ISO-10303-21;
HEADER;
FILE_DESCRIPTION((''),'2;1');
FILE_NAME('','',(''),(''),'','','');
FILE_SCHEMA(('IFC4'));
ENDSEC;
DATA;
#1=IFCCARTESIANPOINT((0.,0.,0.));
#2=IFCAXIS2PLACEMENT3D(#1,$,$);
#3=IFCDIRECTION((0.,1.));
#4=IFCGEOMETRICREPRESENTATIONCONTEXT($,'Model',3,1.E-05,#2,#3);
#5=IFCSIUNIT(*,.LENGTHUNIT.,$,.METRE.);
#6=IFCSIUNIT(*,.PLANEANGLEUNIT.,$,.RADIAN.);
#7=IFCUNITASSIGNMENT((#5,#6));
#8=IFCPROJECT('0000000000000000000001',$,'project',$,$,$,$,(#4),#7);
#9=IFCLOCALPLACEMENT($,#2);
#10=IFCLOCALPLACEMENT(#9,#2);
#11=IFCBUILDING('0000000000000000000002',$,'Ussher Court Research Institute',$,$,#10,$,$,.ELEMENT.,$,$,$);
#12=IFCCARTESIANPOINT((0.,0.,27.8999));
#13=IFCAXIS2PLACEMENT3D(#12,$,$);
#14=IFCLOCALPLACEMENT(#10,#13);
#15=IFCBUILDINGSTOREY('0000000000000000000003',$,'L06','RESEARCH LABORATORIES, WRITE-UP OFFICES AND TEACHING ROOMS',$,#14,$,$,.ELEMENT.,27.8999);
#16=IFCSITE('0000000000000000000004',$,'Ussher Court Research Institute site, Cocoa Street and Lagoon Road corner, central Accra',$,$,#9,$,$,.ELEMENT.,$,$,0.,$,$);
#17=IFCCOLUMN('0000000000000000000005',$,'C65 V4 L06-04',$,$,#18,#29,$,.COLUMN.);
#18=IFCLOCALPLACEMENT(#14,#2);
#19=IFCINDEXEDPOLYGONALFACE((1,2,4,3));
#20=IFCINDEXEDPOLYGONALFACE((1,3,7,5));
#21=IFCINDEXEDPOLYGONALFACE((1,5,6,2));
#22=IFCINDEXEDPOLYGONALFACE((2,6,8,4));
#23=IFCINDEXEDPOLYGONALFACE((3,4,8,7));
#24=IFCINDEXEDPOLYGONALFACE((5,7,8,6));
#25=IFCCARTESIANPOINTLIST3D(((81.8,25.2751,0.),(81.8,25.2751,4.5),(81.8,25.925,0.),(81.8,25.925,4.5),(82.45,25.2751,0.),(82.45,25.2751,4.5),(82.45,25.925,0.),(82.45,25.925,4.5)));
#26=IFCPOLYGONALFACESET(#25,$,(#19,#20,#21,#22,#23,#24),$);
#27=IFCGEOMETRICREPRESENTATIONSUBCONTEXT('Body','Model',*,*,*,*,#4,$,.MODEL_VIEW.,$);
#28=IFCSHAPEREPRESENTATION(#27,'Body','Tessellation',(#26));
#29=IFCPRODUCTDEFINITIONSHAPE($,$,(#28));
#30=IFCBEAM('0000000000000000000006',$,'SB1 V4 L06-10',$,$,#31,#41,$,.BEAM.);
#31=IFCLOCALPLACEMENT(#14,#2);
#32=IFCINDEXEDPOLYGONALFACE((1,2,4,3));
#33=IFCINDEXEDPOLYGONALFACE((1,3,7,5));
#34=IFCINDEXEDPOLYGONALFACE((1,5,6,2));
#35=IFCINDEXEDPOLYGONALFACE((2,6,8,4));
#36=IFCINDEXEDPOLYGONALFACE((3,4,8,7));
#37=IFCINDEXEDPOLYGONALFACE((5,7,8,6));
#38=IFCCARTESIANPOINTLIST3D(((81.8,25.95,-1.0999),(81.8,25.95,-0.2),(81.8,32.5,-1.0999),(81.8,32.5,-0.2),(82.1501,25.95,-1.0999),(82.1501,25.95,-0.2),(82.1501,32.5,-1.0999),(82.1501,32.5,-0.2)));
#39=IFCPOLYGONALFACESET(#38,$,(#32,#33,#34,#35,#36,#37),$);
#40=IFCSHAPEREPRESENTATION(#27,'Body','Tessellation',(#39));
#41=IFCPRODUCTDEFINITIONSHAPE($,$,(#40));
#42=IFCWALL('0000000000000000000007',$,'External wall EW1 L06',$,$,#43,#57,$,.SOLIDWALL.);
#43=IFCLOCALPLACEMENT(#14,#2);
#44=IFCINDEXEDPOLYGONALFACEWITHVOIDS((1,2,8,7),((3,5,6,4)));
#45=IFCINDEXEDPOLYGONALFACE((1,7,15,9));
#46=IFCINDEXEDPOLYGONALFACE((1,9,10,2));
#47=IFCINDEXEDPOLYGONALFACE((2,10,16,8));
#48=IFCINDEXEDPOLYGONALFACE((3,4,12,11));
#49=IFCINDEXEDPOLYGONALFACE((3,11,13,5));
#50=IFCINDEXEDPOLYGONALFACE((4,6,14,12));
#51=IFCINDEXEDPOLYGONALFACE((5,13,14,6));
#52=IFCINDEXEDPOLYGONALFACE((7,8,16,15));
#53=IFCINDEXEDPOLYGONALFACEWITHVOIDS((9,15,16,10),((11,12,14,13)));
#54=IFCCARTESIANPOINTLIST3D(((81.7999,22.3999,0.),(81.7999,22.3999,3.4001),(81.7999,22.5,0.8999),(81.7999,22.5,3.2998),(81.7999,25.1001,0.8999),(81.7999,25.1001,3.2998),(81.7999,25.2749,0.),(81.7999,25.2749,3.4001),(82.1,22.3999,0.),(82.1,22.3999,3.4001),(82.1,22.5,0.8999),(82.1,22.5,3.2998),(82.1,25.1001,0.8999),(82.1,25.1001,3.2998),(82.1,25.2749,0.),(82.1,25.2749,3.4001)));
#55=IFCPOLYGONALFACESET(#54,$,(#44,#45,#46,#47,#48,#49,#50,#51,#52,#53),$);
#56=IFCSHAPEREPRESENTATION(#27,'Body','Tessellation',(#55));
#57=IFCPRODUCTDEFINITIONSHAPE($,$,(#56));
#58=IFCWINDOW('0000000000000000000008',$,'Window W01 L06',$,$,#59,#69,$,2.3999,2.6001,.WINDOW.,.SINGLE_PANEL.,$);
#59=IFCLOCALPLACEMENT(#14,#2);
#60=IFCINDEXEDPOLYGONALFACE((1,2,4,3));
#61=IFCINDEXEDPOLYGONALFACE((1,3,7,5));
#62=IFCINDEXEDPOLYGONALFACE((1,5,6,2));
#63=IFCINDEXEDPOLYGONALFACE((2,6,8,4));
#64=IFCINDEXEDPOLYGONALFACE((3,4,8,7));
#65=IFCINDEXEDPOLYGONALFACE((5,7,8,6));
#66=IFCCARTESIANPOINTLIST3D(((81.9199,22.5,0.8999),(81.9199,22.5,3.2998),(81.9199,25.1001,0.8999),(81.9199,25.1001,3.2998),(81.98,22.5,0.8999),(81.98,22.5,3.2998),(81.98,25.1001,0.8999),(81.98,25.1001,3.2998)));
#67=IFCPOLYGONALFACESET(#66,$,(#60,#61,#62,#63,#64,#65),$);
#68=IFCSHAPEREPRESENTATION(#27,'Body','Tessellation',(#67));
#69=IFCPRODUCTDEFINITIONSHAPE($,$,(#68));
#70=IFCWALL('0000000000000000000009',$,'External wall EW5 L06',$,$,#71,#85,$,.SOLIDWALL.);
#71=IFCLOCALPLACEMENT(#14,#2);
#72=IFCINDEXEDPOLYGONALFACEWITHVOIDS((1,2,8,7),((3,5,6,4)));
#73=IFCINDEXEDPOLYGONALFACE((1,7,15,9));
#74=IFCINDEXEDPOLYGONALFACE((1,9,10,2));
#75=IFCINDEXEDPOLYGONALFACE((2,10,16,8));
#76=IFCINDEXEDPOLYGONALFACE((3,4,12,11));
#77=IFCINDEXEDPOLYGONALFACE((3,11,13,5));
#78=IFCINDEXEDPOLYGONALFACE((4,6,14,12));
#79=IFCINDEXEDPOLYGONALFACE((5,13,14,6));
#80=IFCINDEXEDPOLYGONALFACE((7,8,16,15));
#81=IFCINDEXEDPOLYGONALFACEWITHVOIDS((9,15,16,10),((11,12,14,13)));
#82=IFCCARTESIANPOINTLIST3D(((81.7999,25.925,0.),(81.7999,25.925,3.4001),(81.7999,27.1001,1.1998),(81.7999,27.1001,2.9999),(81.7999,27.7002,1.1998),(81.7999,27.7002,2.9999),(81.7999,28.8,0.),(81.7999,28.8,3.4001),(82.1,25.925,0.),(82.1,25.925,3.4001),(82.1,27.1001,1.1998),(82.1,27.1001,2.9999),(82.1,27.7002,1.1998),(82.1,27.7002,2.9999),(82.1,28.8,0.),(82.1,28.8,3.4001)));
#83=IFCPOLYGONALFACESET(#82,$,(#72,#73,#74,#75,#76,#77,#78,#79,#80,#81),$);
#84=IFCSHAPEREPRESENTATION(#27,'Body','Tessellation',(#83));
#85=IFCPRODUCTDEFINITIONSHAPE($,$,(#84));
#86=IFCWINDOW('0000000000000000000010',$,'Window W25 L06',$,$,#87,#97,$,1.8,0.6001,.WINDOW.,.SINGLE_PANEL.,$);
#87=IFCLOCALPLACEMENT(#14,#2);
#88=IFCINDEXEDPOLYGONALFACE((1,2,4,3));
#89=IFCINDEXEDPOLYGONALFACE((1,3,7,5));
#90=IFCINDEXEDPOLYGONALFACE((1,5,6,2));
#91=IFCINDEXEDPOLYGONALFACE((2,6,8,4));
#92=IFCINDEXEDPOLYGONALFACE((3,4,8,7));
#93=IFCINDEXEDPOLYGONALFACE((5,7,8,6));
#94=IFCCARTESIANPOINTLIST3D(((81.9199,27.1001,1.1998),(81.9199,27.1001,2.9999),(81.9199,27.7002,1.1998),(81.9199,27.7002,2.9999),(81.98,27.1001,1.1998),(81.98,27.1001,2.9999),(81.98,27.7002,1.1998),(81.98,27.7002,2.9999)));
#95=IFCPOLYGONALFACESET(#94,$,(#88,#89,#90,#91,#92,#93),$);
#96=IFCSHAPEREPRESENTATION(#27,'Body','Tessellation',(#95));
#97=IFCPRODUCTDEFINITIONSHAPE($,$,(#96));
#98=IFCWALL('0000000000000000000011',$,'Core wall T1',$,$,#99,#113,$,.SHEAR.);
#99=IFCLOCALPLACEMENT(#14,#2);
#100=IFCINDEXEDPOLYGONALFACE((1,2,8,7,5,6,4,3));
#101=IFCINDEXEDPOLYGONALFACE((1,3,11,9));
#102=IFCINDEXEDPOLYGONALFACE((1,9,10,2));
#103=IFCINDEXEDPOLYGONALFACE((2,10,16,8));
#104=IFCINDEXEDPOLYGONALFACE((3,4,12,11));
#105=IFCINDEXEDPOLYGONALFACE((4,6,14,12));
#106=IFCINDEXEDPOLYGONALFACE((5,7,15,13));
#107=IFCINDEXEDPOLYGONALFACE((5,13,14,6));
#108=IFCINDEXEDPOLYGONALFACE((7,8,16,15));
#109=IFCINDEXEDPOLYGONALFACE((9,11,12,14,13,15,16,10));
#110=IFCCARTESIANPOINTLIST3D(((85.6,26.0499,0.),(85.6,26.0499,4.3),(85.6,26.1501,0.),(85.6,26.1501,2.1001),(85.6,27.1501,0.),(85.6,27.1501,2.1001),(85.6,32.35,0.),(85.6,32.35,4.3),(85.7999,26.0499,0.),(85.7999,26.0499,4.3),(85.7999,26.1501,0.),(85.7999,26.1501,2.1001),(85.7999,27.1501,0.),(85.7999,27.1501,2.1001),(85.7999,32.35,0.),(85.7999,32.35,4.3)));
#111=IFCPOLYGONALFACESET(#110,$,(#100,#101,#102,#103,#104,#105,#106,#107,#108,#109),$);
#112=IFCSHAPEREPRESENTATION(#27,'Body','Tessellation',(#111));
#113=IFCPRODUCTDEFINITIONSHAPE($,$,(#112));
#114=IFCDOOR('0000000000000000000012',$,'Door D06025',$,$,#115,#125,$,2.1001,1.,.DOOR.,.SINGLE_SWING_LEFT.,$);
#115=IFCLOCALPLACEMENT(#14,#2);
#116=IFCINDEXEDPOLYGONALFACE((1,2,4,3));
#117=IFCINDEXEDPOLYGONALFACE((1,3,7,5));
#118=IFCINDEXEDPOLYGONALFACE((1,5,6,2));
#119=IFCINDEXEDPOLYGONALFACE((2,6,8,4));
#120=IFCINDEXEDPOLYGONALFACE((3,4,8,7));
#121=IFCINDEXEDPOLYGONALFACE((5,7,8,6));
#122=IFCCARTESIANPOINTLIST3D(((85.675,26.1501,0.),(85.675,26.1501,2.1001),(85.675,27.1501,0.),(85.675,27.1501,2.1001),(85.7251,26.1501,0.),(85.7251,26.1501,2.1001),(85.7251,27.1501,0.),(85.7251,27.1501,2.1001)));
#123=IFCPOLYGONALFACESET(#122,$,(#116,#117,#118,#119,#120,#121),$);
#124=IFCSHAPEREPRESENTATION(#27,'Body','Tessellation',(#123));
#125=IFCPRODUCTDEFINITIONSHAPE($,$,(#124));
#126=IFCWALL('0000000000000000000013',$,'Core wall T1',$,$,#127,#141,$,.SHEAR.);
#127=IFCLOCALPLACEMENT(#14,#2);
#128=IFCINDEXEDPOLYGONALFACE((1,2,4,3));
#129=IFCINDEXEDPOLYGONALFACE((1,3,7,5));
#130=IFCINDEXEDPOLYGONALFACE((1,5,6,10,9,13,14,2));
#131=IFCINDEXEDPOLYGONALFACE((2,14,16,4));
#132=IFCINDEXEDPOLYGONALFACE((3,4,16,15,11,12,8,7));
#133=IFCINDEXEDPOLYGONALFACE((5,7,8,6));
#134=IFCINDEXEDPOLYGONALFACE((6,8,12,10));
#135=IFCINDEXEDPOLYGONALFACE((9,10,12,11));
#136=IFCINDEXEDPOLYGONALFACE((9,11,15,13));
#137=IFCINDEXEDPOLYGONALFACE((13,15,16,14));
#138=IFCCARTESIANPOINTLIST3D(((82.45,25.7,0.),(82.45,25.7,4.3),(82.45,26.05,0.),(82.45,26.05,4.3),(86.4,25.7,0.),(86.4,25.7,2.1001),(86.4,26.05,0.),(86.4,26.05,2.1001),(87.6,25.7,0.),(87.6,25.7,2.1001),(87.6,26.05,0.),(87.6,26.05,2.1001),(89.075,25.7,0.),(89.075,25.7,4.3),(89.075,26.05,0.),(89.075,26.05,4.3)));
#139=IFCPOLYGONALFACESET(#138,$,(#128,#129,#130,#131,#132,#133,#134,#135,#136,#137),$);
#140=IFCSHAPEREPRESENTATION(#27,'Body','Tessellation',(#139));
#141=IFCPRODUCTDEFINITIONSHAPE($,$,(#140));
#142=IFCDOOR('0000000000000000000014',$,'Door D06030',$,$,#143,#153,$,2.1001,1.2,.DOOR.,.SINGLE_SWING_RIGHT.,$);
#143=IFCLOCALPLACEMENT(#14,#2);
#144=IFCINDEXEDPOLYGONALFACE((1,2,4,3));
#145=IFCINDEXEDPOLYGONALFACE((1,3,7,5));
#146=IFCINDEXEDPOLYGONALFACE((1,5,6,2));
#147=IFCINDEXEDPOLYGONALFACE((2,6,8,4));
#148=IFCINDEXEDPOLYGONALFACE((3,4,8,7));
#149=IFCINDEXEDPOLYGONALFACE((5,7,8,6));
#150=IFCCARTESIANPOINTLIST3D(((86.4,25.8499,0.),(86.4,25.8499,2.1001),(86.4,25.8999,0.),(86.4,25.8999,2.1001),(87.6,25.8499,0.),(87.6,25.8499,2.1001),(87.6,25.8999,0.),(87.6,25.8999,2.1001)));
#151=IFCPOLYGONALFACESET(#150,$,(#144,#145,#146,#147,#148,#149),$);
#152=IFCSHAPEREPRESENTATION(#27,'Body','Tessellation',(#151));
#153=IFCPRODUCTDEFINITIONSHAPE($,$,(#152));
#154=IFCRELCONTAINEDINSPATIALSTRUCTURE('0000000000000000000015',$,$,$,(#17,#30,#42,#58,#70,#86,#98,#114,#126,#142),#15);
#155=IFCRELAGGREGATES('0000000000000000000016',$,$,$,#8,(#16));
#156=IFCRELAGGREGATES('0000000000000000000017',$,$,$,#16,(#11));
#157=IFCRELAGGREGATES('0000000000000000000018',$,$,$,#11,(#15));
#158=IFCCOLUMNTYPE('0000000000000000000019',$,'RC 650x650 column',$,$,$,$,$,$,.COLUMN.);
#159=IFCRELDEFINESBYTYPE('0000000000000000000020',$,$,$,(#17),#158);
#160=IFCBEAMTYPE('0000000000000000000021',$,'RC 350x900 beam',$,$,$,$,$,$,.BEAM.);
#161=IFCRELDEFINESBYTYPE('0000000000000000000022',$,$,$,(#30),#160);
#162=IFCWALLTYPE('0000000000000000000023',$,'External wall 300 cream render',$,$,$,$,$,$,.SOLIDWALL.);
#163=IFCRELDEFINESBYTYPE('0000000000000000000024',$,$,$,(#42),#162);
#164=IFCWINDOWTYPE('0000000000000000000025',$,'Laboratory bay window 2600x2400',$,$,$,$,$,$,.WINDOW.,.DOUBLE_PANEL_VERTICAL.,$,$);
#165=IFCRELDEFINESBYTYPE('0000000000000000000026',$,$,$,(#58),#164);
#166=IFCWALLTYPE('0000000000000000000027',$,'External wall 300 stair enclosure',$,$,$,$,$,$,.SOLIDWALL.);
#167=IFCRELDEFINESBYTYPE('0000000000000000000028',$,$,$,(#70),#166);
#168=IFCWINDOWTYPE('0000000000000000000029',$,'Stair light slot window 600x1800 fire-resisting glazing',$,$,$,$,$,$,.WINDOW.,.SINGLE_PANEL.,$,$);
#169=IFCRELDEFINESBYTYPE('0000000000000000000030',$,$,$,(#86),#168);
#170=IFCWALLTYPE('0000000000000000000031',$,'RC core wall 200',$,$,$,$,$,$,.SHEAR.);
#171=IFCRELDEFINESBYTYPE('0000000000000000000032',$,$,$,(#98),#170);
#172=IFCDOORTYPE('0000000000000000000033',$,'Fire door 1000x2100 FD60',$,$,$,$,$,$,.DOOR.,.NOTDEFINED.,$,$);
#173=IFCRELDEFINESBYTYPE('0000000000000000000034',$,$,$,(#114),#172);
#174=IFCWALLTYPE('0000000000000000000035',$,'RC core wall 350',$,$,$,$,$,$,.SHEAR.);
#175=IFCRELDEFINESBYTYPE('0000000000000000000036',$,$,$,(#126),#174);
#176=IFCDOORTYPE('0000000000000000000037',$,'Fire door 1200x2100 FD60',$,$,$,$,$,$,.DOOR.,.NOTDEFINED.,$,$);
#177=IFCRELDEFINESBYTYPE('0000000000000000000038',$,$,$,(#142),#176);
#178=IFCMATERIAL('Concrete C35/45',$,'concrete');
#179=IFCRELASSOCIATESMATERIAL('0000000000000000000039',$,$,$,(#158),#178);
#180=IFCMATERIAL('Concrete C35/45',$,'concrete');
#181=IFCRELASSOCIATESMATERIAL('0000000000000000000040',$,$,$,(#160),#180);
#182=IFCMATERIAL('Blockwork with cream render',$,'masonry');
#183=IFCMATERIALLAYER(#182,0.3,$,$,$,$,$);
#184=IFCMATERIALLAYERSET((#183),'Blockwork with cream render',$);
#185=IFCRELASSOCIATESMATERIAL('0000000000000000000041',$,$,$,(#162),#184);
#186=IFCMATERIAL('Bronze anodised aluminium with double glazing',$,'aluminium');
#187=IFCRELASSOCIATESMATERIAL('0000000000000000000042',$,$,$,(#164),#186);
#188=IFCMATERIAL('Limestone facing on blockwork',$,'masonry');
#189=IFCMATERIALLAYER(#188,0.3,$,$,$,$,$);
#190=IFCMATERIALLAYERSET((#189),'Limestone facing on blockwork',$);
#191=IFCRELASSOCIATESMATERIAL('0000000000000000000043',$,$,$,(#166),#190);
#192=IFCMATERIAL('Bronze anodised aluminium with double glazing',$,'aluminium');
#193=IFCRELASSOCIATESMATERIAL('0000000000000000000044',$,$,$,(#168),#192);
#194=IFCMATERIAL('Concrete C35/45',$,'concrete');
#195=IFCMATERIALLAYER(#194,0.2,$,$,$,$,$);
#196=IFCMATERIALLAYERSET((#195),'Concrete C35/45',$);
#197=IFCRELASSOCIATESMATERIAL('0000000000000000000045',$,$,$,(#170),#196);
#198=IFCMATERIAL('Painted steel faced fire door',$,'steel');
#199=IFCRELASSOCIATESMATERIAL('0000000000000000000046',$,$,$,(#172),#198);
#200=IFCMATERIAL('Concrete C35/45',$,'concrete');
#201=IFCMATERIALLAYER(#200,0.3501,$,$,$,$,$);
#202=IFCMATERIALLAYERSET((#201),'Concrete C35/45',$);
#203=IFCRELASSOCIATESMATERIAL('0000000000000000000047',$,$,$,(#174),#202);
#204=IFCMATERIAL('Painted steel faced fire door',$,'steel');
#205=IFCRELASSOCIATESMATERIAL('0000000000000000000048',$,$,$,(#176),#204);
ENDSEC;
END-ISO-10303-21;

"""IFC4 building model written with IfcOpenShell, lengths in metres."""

from ifc_helpers import new_model, si_unit, direction, frame, frame_2d, origin, origin_2d, place, context, subcontext, project, spatial, rectangle, extrude, material, layer, layer_set, material_profile, profile_set, type_object, element, fill, save


model = new_model("IFC4")

# Units and contexts
model_context = context("Model", 3, precision=1e-05, world=origin(), true_north=direction((0.0, 1.0)))
body_context = subcontext(model_context, "Body", "Model", "MODEL_VIEW")
ifc_project = project(units=[si_unit("LENGTHUNIT", "METRE"), si_unit("PLANEANGLEUNIT", "RADIAN")], contexts=[model_context])

# Site, building, storey
site_placement = place(None, origin())
site = spatial("IfcSite", under=ifc_project, at=site_placement, Name="Ussher Court Research Institute site, Cocoa Street and Lagoon Road corner, central Accra", CompositionType="ELEMENT", RefElevation=0.0)
building_placement = place(site_placement, origin())
building = spatial("IfcBuilding", under=site, at=building_placement, Name="Ussher Court Research Institute", CompositionType="ELEMENT")
storey_placement = place(building_placement, frame((0.0, 0.0, 27.8999)))
storey = spatial("IfcBuildingStorey", under=building, at=storey_placement, Name="L06", Description="RESEARCH LABORATORIES, WRITE-UP OFFICES AND TEACHING ROOMS", CompositionType="ELEMENT", Elevation=27.8999)

# Column
ifc_material_1 = material(Name="Concrete C35/45", Category="concrete")
ifc_material_profile_1 = material_profile(ifc_material_1, rectangle(XDim=0.6499, YDim=0.6499, at=origin_2d()), Name="RC 650x650")
ifc_profile_set_1 = profile_set([ifc_material_profile_1], Name="Concrete C35/45")
column_type = type_object("IfcColumnType", Name="RC 650x650 column", PredefinedType="COLUMN", material=ifc_profile_set_1)
column_placement = place(storey_placement, frame((82.125, 25.6001, 0.0), z_axis=(0.0, 0.0, 1.0), x_axis=(1.0, 0.0, 0.0)))
element("IfcColumn", 1, at=column_placement, inside=storey, type_object=column_type, Name="C65 V4 L06-04", PredefinedType="COLUMN", context=body_context, shape_type="SweptSolid", body=[
    extrude(rectangle(XDim=0.6499, YDim=0.6499, at=origin_2d()), origin(), (0.0, 0.0, 1.0), 4.5),
])

# Beam
ifc_material_2 = material(Name="Concrete C35/45", Category="concrete")
ifc_material_profile_2 = material_profile(ifc_material_2, rectangle(XDim=0.3501, YDim=0.8999, at=origin_2d()), Name="RC 350x900")
ifc_profile_set_2 = profile_set([ifc_material_profile_2], Name="Concrete C35/45")
beam_type = type_object("IfcBeamType", Name="RC 350x900 beam", PredefinedType="BEAM", material=ifc_profile_set_2)
beam_placement = place(storey_placement, frame((81.9751, 25.95, -0.6499), z_axis=(0.0, 1.0, 0.0), x_axis=(-1.0, 0.0, 0.0)))
element("IfcBeam", 2, at=beam_placement, inside=storey, type_object=beam_type, Name="SB1 V4 L06-10", PredefinedType="BEAM", context=body_context, shape_type="SweptSolid", body=[
    extrude(rectangle(XDim=0.3501, YDim=0.8999, at=origin_2d()), origin(), (0.0, 0.0, 1.0), 6.55),
])

# Walls, openings, windows
ifc_material_3 = material(Name="Blockwork with cream render", Category="masonry")
ifc_layer_1 = layer(ifc_material_3, 0.3)
ifc_layer_set_1 = layer_set([ifc_layer_1], Name="Blockwork with cream render")
wall_type_1 = type_object("IfcWallType", Name="External wall 300 cream render", PredefinedType="SOLIDWALL", material=ifc_layer_set_1)
wall_1_placement = place(storey_placement, frame((81.95, 22.3999, 0.0), z_axis=(0.0, 0.0, 1.0), x_axis=(0.0, 1.0, 0.0)))
wall_1 = element("IfcWall", 3, at=wall_1_placement, inside=storey, type_object=wall_type_1, Name="External wall EW1 L06", PredefinedType="SOLIDWALL", context=body_context, shape_type="SweptSolid", body=[
    extrude(rectangle(XDim=2.875, YDim=0.3, at=frame_2d((1.4375, 0.0))), origin(), (0.0, 0.0, 1.0), 3.4001),
])
opening_1_placement = place(wall_1_placement, frame((0.1001, 0.0, 0.8999)))
opening_1 = element("IfcOpeningElement", 4, at=opening_1_placement, cuts=wall_1, PredefinedType="OPENING", context=body_context, shape_type="SweptSolid", body=[
    extrude(rectangle(XDim=2.6001, YDim=2.3999, at=frame_2d((1.3, 1.2))), frame((0.0, 0.1602, 0.0), z_axis=(0.0, -1.0, 0.0), x_axis=(1.0, 0.0, 0.0)), (0.0, 0.0, 1.0), 0.3201),
])
ifc_material_4 = material(Name="Bronze anodised aluminium with double glazing", Category="aluminium")
window_type_1 = type_object("IfcWindowType", Name="Laboratory bay window 2600x2400", PartitioningType="DOUBLE_PANEL_VERTICAL", PredefinedType="WINDOW", material=ifc_material_4)
window_1_placement = place(opening_1_placement, origin())
window_1 = element("IfcWindow", 5, at=window_1_placement, inside=storey, type_object=window_type_1, Name="Window W01 L06", OverallHeight=2.3999, OverallWidth=2.6001, PartitioningType="SINGLE_PANEL", PredefinedType="WINDOW", context=body_context, shape_type="SweptSolid", body=[
    extrude(rectangle(XDim=2.6001, YDim=2.3999, at=frame_2d((1.3, 1.2))), frame((0.0, 0.03, 0.0), z_axis=(0.0, -1.0, 0.0), x_axis=(1.0, 0.0, 0.0)), (0.0, 0.0, 1.0), 0.0601),
])
fill(opening_1, window_1)
ifc_material_5 = material(Name="Limestone facing on blockwork", Category="masonry")
ifc_layer_2 = layer(ifc_material_5, 0.3)
ifc_layer_set_2 = layer_set([ifc_layer_2], Name="Limestone facing on blockwork")
wall_type_2 = type_object("IfcWallType", Name="External wall 300 stair enclosure", PredefinedType="SOLIDWALL", material=ifc_layer_set_2)
wall_2_placement = place(storey_placement, frame((81.95, 25.925, 0.0), z_axis=(0.0, 0.0, 1.0), x_axis=(0.0, 1.0, 0.0)))
wall_2 = element("IfcWall", 6, at=wall_2_placement, inside=storey, type_object=wall_type_2, Name="External wall EW5 L06", PredefinedType="SOLIDWALL", context=body_context, shape_type="SweptSolid", body=[
    extrude(rectangle(XDim=2.875, YDim=0.3, at=frame_2d((1.4375, 0.0))), origin(), (0.0, 0.0, 1.0), 3.4001),
])
opening_2_placement = place(wall_2_placement, frame((1.175, 0.0, 1.2)))
opening_2 = element("IfcOpeningElement", 7, at=opening_2_placement, cuts=wall_2, PredefinedType="OPENING", context=body_context, shape_type="SweptSolid", body=[
    extrude(rectangle(XDim=0.6001, YDim=1.8, at=frame_2d((0.3, 0.8999))), frame((0.0, 0.1602, 0.0), z_axis=(0.0, -1.0, 0.0), x_axis=(1.0, 0.0, 0.0)), (0.0, 0.0, 1.0), 0.3201),
])
ifc_material_6 = material(Name="Bronze anodised aluminium with double glazing", Category="aluminium")
window_type_2 = type_object("IfcWindowType", Name="Stair light slot window 600x1800 fire-resisting glazing", PartitioningType="SINGLE_PANEL", PredefinedType="WINDOW", material=ifc_material_6)
window_2_placement = place(opening_2_placement, origin())
window_2 = element("IfcWindow", 8, at=window_2_placement, inside=storey, type_object=window_type_2, Name="Window W25 L06", OverallHeight=1.8, OverallWidth=0.6001, PartitioningType="SINGLE_PANEL", PredefinedType="WINDOW", context=body_context, shape_type="SweptSolid", body=[
    extrude(rectangle(XDim=0.6001, YDim=1.8, at=frame_2d((0.3, 0.8999))), frame((0.0, 0.03, 0.0), z_axis=(0.0, -1.0, 0.0), x_axis=(1.0, 0.0, 0.0)), (0.0, 0.0, 1.0), 0.0601),
])
fill(opening_2, window_2)

# Walls, openings, doors
ifc_material_7 = material(Name="Concrete C35/45", Category="concrete")
ifc_layer_3 = layer(ifc_material_7, 0.2)
ifc_layer_set_3 = layer_set([ifc_layer_3], Name="Concrete C35/45")
wall_type_3 = type_object("IfcWallType", Name="RC core wall 200", PredefinedType="SHEAR", material=ifc_layer_set_3)
wall_3_placement = place(storey_placement, frame((85.7, 26.05, 0.0), z_axis=(0.0, 0.0, 1.0), x_axis=(0.0, 1.0, 0.0)))
wall_3 = element("IfcWall", 9, at=wall_3_placement, inside=storey, type_object=wall_type_3, Name="Core wall T1", PredefinedType="SHEAR", context=body_context, shape_type="SweptSolid", body=[
    extrude(rectangle(XDim=6.3, YDim=0.2, at=frame_2d((3.1499, 0.0))), origin(), (0.0, 0.0, 1.0), 4.3),
])
opening_3_placement = place(wall_3_placement, frame((0.1001, 0.0, 0.0)))
opening_3 = element("IfcOpeningElement", 10, at=opening_3_placement, cuts=wall_3, PredefinedType="OPENING", context=body_context, shape_type="SweptSolid", body=[
    extrude(rectangle(XDim=1.0, YDim=2.1001, at=frame_2d((0.5, 1.05))), frame((0.0, 0.1099, 0.0), z_axis=(0.0, -1.0, 0.0), x_axis=(1.0, 0.0, 0.0)), (0.0, 0.0, 1.0), 0.22),
])
ifc_material_8 = material(Name="Painted steel faced fire door", Category="steel")
door_type_1 = type_object("IfcDoorType", Name="Fire door 1000x2100 FD60", OperationType="NOTDEFINED", PredefinedType="DOOR", material=ifc_material_8)
door_1_placement = place(opening_3_placement, origin())
door_1 = element("IfcDoor", 11, at=door_1_placement, inside=storey, type_object=door_type_1, Name="Door D06025", OperationType="SINGLE_SWING_LEFT", OverallHeight=2.1001, OverallWidth=1.0, PredefinedType="DOOR", context=body_context, shape_type="SweptSolid", body=[
    extrude(rectangle(XDim=1.0, YDim=2.1001, at=frame_2d((0.5, 1.05))), frame((0.0, 0.0249, 0.0), z_axis=(0.0, -1.0, 0.0), x_axis=(1.0, 0.0, 0.0)), (0.0, 0.0, 1.0), 0.05),
])
fill(opening_3, door_1)
ifc_material_9 = material(Name="Concrete C35/45", Category="concrete")
ifc_layer_4 = layer(ifc_material_9, 0.3501)
ifc_layer_set_4 = layer_set([ifc_layer_4], Name="Concrete C35/45")
wall_type_4 = type_object("IfcWallType", Name="RC core wall 350", PredefinedType="SHEAR", material=ifc_layer_set_4)
wall_4_placement = place(storey_placement, frame((82.45, 25.875, 0.0), z_axis=(0.0, 0.0, 1.0), x_axis=(1.0, 0.0, 0.0)))
wall_4 = element("IfcWall", 12, at=wall_4_placement, inside=storey, type_object=wall_type_4, Name="Core wall T1", PredefinedType="SHEAR", context=body_context, shape_type="SweptSolid", body=[
    extrude(rectangle(XDim=6.625, YDim=0.3501, at=frame_2d((3.3125, 0.0))), origin(), (0.0, 0.0, 1.0), 4.3),
])
opening_4_placement = place(wall_4_placement, frame((3.95, 0.0, 0.0)))
opening_4 = element("IfcOpeningElement", 13, at=opening_4_placement, cuts=wall_4, PredefinedType="OPENING", context=body_context, shape_type="SweptSolid", body=[
    extrude(rectangle(XDim=1.2, YDim=2.1001, at=frame_2d((0.6001, 1.05))), frame((0.0, 0.1851, 0.0), z_axis=(0.0, -1.0, 0.0), x_axis=(1.0, 0.0, 0.0)), (0.0, 0.0, 1.0), 0.3701),
])
ifc_material_10 = material(Name="Painted steel faced fire door", Category="steel")
door_type_2 = type_object("IfcDoorType", Name="Fire door 1200x2100 FD60", OperationType="NOTDEFINED", PredefinedType="DOOR", material=ifc_material_10)
door_2_placement = place(opening_4_placement, origin())
door_2 = element("IfcDoor", 14, at=door_2_placement, inside=storey, type_object=door_type_2, Name="Door D06030", OperationType="SINGLE_SWING_RIGHT", OverallHeight=2.1001, OverallWidth=1.2, PredefinedType="DOOR", context=body_context, shape_type="SweptSolid", body=[
    extrude(rectangle(XDim=1.2, YDim=2.1001, at=frame_2d((0.6001, 1.05))), frame((0.0, 0.0249, 0.0), z_axis=(0.0, -1.0, 0.0), x_axis=(1.0, 0.0, 0.0)), (0.0, 0.0, 1.0), 0.05),
])
fill(opening_4, door_2)

save(model, "model.ifc")
